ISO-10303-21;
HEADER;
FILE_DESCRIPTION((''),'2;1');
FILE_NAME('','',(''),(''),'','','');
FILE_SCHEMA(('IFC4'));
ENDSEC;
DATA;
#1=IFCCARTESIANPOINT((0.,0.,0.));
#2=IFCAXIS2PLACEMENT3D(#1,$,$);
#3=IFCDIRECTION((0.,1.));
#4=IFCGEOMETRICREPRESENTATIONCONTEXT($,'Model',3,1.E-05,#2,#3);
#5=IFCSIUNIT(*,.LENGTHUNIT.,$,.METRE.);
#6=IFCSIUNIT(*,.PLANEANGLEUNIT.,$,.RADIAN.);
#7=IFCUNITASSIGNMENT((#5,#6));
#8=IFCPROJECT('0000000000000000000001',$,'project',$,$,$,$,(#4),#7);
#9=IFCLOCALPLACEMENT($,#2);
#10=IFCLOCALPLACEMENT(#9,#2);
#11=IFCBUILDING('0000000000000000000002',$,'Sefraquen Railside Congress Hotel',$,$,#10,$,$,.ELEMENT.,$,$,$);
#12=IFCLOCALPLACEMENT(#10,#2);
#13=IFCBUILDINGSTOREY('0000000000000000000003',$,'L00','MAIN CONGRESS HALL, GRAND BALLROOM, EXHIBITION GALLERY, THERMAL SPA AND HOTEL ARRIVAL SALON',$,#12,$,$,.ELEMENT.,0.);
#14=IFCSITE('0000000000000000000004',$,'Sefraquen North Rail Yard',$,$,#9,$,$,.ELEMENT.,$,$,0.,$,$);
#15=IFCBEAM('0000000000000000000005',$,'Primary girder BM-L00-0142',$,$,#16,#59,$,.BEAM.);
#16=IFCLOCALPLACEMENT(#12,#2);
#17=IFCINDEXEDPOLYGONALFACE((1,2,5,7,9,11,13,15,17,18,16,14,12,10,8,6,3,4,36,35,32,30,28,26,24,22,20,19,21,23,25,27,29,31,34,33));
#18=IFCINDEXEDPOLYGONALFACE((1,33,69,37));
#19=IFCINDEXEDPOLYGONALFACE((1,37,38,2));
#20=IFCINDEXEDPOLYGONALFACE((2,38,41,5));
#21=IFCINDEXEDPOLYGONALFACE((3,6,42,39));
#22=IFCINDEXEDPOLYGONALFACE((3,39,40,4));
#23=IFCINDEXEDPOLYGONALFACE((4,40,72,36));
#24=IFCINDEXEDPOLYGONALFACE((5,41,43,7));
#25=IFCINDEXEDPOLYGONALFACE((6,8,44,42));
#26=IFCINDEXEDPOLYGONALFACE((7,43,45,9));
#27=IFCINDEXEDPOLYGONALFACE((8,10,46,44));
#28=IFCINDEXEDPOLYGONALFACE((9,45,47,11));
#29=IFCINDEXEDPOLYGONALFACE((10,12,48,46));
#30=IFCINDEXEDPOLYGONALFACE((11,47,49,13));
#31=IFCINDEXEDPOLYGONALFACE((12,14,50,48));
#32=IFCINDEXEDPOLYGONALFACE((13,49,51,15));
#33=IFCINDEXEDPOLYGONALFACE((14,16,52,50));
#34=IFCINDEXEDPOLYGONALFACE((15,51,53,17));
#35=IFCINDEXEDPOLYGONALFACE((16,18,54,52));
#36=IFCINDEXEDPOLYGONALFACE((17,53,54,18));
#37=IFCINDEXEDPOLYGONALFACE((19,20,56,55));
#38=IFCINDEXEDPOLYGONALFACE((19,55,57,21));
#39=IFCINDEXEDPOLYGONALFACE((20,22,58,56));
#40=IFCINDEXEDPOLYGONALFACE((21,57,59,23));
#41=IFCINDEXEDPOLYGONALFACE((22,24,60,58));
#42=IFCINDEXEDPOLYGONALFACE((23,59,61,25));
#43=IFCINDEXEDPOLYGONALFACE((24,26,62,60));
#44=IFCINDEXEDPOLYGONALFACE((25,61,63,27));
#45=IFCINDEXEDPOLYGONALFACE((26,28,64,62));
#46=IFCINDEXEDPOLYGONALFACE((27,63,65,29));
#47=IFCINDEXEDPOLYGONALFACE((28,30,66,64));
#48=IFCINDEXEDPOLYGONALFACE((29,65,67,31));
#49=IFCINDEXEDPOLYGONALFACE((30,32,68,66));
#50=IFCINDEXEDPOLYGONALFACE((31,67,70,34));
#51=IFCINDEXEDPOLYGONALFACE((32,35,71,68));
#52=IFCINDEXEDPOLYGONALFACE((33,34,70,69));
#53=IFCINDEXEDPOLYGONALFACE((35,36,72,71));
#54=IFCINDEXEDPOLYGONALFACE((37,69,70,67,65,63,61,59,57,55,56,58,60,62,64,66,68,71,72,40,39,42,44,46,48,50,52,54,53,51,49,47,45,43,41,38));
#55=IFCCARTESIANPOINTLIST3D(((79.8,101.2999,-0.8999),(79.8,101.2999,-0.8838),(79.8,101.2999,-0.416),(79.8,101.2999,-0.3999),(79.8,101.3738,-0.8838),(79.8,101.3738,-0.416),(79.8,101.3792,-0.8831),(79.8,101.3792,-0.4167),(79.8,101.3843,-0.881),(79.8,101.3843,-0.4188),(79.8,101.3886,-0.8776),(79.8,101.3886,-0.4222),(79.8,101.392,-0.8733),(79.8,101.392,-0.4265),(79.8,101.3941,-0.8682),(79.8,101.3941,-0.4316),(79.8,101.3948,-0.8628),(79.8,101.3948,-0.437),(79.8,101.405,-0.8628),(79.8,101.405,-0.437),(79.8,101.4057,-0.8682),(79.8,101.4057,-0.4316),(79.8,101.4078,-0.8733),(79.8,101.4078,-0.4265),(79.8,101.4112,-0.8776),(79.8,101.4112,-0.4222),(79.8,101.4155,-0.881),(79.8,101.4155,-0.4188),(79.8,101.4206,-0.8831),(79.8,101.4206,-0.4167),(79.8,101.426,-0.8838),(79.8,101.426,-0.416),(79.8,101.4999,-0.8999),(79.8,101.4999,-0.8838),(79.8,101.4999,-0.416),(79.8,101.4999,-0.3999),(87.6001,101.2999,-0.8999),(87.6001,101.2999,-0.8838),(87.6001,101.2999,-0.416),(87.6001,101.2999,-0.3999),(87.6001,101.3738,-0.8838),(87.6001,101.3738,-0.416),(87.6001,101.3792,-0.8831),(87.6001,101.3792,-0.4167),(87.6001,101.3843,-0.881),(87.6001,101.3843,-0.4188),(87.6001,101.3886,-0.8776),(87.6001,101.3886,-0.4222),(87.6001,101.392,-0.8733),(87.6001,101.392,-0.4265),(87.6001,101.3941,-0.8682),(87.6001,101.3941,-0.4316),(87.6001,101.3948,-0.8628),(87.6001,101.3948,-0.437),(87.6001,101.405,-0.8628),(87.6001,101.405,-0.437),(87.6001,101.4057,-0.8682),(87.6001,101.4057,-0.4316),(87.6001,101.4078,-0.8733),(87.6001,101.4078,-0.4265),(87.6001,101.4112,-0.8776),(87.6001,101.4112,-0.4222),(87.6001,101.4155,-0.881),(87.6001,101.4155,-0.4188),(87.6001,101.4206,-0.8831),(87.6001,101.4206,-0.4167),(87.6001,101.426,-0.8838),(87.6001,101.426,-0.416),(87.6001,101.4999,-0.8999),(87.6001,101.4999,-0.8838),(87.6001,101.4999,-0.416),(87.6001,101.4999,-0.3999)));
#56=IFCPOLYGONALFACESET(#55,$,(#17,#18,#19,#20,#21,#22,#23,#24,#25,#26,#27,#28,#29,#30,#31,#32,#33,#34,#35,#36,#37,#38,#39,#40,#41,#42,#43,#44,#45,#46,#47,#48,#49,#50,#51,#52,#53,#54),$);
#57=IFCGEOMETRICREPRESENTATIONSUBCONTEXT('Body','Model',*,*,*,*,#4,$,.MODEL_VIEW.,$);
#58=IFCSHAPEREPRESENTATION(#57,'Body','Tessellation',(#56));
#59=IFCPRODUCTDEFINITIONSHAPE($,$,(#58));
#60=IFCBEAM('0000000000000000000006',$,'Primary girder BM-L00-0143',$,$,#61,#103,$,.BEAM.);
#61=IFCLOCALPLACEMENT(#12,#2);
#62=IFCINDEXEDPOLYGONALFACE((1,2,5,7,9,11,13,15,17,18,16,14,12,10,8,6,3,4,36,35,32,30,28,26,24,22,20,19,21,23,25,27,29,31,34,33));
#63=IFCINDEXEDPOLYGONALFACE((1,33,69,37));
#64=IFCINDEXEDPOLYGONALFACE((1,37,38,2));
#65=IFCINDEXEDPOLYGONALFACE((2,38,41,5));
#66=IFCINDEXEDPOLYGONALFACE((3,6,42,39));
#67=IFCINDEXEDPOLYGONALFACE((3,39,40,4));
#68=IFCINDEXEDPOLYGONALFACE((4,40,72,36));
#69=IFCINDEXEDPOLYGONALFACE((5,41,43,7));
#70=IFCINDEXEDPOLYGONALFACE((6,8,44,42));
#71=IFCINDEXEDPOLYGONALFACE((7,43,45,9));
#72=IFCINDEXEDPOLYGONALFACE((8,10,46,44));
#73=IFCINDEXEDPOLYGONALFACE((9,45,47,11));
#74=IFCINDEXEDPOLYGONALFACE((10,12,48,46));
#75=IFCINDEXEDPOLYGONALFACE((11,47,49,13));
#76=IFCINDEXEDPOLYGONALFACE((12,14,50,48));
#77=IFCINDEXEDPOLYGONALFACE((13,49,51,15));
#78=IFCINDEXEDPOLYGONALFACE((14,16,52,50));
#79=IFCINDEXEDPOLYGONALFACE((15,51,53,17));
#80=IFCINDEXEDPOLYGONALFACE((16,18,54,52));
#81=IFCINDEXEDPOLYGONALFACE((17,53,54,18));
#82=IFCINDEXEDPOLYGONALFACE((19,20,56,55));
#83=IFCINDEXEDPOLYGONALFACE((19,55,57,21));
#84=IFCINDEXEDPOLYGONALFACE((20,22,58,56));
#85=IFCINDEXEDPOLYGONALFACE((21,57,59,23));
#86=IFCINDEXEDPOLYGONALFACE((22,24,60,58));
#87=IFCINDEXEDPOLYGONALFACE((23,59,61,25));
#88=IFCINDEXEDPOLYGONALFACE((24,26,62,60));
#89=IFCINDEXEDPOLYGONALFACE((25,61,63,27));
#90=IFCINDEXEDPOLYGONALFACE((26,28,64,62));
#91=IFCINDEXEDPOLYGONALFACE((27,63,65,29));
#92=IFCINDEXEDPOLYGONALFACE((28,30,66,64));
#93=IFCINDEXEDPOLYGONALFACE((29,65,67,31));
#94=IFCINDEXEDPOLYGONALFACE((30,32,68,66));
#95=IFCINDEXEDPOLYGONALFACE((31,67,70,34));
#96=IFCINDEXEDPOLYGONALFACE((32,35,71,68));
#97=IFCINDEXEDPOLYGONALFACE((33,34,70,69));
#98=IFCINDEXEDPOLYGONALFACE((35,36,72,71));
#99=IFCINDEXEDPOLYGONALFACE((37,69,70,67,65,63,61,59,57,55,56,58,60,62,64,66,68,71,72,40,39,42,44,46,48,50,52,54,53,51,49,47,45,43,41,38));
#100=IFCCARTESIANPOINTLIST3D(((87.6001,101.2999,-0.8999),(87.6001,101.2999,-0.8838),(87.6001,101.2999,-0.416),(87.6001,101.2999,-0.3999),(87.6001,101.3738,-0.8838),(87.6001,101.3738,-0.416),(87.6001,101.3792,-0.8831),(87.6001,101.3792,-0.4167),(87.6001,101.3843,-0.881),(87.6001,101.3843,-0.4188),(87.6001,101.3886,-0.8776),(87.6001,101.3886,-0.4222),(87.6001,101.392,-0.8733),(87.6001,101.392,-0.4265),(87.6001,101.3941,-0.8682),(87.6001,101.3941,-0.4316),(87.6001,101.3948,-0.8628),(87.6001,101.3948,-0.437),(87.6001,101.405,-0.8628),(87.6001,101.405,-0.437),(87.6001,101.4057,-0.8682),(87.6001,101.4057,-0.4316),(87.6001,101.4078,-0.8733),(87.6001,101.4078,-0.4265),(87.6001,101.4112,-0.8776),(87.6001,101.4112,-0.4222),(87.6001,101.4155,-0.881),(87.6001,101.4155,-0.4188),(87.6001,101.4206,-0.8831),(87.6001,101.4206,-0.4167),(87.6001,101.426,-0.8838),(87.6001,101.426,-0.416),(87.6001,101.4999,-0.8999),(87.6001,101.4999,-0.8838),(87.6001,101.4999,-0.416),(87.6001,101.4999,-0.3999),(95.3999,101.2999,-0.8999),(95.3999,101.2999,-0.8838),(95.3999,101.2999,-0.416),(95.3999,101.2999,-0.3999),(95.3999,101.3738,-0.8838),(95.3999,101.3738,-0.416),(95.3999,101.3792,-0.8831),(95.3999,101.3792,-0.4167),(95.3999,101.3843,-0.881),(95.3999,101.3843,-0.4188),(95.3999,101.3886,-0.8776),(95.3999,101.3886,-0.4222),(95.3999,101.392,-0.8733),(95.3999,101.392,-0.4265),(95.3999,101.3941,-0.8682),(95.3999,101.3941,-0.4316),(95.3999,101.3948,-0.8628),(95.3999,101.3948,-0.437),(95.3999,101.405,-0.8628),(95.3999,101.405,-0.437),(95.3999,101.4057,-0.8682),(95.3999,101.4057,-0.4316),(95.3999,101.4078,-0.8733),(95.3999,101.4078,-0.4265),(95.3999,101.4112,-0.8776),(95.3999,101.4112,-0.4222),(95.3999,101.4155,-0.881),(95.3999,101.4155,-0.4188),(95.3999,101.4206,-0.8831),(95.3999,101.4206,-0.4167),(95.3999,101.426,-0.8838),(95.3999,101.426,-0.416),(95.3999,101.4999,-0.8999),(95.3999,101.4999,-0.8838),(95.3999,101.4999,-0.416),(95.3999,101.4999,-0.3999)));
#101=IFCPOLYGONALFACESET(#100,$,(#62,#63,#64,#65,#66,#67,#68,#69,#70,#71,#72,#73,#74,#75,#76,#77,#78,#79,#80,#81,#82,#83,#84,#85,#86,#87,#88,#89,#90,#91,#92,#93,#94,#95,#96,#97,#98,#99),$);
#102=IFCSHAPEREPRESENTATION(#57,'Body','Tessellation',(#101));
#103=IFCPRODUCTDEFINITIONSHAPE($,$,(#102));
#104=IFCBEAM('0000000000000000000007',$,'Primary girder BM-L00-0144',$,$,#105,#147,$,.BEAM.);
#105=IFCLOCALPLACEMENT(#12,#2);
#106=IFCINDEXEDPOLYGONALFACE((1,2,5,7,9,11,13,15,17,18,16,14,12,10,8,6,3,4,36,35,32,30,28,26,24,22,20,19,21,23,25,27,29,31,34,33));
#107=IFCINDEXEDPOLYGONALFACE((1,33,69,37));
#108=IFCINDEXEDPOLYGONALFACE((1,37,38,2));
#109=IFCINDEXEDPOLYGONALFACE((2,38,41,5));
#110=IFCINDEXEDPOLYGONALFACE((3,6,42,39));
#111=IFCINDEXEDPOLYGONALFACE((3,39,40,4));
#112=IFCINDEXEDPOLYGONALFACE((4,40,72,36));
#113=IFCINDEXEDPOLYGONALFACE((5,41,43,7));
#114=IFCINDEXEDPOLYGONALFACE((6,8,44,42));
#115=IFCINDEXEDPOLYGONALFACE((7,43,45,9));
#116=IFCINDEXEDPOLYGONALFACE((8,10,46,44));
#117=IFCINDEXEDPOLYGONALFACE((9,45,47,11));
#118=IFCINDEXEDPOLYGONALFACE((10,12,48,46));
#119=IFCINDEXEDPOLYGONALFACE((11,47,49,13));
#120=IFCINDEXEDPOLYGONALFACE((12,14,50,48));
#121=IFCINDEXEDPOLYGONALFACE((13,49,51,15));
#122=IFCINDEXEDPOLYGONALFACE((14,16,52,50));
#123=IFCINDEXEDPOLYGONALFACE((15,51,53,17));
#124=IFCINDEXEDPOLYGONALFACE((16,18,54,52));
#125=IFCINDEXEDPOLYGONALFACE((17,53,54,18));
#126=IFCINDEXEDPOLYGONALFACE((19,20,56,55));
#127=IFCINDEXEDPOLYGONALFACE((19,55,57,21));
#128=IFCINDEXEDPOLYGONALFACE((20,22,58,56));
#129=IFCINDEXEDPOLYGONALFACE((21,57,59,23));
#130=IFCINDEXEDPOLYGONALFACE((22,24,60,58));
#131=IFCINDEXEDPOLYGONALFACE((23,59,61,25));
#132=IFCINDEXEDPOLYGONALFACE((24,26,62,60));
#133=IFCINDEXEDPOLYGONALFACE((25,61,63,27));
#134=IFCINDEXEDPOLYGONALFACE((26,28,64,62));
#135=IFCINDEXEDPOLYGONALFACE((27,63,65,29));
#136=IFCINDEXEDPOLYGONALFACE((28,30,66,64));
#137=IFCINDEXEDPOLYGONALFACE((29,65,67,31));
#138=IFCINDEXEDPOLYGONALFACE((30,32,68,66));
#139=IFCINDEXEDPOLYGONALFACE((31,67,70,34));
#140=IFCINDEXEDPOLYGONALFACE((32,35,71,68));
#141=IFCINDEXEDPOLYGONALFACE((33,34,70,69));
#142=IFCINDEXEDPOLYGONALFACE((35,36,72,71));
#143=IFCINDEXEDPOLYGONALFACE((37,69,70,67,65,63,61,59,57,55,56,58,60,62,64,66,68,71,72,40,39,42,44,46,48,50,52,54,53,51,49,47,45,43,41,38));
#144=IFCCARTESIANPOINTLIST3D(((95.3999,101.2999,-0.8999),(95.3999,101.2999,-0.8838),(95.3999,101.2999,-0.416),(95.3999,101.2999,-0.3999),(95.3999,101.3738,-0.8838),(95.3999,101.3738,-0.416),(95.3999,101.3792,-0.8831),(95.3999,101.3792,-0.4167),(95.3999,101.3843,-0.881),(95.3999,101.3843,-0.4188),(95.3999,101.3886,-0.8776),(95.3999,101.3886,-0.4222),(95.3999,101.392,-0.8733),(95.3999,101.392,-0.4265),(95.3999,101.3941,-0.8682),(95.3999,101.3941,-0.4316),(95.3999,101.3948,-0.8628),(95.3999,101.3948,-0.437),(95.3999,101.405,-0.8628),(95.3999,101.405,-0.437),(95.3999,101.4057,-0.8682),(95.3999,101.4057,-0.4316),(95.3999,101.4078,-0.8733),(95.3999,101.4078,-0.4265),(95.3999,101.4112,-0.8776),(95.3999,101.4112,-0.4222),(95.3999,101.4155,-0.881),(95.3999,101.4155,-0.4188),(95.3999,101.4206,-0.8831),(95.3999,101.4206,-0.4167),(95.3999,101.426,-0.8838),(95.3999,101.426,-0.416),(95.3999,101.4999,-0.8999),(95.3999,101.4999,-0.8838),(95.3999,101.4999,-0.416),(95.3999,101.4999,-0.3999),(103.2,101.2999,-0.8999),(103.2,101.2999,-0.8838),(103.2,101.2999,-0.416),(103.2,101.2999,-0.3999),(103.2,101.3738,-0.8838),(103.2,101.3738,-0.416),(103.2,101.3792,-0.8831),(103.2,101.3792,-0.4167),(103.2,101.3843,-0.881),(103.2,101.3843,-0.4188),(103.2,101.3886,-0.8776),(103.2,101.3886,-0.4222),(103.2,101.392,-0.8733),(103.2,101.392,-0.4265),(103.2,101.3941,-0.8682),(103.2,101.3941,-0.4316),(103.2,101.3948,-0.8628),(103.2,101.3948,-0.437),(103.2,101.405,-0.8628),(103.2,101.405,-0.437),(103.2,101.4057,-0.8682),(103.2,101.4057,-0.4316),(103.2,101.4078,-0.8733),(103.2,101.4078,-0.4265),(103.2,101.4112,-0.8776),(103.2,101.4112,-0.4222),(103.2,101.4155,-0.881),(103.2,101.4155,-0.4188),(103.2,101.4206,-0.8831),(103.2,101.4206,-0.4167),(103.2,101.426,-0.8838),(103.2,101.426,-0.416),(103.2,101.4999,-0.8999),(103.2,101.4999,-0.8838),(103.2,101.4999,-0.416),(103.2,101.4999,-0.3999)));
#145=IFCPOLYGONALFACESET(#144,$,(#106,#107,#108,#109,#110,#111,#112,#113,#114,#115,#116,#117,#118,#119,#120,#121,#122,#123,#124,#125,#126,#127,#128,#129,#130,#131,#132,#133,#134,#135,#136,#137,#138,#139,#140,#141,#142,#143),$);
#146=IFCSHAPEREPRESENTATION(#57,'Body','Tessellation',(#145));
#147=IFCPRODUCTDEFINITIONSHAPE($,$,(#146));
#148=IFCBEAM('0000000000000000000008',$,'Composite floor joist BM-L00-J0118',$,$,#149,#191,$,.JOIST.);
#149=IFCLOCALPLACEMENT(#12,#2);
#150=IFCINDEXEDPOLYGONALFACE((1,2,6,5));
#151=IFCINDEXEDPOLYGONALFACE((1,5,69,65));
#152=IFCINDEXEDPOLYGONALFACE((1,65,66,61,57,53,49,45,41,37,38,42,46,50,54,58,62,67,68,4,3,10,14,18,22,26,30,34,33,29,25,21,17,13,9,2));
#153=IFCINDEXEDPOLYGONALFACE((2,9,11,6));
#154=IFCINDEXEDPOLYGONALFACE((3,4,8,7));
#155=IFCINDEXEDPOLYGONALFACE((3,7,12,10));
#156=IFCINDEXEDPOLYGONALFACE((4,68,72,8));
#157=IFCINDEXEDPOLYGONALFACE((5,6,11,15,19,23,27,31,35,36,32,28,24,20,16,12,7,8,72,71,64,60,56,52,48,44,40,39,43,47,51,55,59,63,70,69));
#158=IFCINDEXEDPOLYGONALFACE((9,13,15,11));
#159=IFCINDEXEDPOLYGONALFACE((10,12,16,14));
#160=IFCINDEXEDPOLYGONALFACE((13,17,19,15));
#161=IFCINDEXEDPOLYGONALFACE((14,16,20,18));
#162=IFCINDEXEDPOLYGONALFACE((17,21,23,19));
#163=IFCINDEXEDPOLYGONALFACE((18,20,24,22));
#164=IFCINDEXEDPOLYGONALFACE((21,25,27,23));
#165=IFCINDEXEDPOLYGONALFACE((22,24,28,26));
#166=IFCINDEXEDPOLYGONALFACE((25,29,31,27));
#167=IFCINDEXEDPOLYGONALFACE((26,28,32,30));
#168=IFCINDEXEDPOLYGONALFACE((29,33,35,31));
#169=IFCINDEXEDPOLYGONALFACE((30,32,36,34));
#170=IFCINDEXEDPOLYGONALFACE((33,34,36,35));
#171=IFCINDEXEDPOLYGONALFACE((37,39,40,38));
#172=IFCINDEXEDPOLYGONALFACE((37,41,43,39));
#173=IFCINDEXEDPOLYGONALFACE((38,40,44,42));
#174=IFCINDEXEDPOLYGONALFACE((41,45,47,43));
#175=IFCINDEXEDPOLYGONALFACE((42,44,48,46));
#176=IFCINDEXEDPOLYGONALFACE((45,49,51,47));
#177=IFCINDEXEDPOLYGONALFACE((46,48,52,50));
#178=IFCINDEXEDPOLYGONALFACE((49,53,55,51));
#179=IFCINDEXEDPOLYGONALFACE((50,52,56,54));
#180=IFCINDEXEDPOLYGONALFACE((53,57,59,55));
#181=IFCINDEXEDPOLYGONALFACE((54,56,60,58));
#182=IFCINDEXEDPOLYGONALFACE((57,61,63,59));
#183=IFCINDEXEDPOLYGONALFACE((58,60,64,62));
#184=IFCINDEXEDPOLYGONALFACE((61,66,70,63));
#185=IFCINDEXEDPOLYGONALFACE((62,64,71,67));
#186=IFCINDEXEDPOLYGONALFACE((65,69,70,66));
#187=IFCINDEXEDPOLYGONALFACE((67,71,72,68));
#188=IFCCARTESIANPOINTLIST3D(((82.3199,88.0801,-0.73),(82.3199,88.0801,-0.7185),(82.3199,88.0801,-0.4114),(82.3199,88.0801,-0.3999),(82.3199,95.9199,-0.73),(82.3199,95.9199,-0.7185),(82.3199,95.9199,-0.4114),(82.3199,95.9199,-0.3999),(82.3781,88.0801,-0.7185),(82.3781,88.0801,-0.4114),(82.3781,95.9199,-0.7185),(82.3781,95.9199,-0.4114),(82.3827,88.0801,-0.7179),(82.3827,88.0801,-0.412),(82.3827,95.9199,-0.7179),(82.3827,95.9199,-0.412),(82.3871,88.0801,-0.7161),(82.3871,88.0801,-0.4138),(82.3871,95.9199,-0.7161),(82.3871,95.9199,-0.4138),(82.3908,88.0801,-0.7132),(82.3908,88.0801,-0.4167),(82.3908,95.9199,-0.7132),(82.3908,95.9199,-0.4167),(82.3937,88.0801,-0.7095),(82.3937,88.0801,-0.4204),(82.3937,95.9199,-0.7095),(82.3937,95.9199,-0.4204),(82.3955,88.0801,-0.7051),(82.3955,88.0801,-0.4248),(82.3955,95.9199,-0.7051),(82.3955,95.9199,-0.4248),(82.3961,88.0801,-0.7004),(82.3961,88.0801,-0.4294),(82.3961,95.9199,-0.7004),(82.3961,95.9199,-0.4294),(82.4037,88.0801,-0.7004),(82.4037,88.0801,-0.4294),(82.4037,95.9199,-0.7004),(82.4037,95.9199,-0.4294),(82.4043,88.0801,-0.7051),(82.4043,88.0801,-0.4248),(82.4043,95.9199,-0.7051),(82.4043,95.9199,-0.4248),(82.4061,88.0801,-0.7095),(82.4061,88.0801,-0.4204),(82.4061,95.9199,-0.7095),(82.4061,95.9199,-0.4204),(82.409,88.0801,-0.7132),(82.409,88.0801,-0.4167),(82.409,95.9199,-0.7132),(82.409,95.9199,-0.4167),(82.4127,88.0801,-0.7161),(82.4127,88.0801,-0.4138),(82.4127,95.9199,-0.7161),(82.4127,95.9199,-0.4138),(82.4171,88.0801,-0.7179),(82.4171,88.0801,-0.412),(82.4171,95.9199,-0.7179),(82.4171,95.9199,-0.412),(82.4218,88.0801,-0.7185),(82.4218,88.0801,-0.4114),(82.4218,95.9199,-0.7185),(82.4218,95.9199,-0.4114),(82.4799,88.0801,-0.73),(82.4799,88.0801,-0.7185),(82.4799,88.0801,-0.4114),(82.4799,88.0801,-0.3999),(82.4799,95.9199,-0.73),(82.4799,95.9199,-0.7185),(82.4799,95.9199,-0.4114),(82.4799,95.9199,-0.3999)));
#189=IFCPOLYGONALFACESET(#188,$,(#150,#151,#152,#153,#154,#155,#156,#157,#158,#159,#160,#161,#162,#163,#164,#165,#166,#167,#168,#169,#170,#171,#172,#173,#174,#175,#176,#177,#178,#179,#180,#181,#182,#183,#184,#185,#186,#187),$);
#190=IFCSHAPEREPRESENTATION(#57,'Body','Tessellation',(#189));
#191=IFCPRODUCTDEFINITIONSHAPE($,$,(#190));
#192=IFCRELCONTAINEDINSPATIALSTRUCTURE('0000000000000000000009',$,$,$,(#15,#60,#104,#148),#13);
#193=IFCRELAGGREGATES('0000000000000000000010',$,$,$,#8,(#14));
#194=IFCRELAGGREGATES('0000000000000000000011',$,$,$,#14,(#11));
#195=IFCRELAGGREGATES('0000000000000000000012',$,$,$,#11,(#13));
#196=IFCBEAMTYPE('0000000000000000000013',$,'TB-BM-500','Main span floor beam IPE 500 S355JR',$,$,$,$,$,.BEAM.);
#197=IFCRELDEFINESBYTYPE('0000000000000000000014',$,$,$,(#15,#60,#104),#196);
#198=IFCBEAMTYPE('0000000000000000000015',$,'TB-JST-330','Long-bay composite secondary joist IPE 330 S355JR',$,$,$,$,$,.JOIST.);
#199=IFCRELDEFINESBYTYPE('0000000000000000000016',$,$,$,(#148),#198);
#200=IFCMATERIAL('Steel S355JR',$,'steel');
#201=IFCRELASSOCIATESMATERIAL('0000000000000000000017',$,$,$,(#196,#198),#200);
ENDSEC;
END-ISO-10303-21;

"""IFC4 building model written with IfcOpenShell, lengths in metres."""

from ifc_helpers import new_model, si_unit, direction, frame, origin, origin_2d, place, context, subcontext, project, spatial, i_section, extrude, material, material_profile, profile_set, type_object, element, save


model = new_model("IFC4")

# Units and contexts
model_context = context("Model", 3, precision=1e-05, world=origin(), true_north=direction((0.0, 1.0)))
body_context = subcontext(model_context, "Body", "Model", "MODEL_VIEW")
ifc_project = project(units=[si_unit("LENGTHUNIT", "METRE"), si_unit("PLANEANGLEUNIT", "RADIAN")], contexts=[model_context])

# Site, building, storey
site_placement = place(None, origin())
site = spatial("IfcSite", under=ifc_project, at=site_placement, Name="Sefraquen North Rail Yard", CompositionType="ELEMENT", RefElevation=0.0)
building_placement = place(site_placement, origin())
building = spatial("IfcBuilding", under=site, at=building_placement, Name="Sefraquen Railside Congress Hotel", CompositionType="ELEMENT")
storey_placement = place(building_placement, origin())
storey = spatial("IfcBuildingStorey", under=building, at=storey_placement, Name="L00", Description="MAIN CONGRESS HALL, GRAND BALLROOM, EXHIBITION GALLERY, THERMAL SPA AND HOTEL ARRIVAL SALON", CompositionType="ELEMENT", Elevation=0.0)

# Shared definitions
ifc_material_1 = material(Name="Steel S355JR", Category="steel")

# Beams
ifc_material_profile_1 = material_profile(ifc_material_1, i_section(OverallWidth=0.2, OverallDepth=0.5, WebThickness=0.0103, FlangeThickness=0.0161, FilletRadius=0.021, at=origin_2d()), Name="IPE 500")
ifc_profile_set_1 = profile_set([ifc_material_profile_1], Name="Steel S355JR")
beam_type_1 = type_object("IfcBeamType", Name="TB-BM-500", Description="Main span floor beam IPE 500 S355JR", PredefinedType="BEAM", material=ifc_profile_set_1)
for number, where, z_axis, x_axis, name in (
    (1, (79.8, 101.3999, -0.6499), (1.0, 0.0, 0.0), (0.0, 1.0, 0.0), "Primary girder BM-L00-0142"),
):
    element("IfcBeam", number, at=place(storey_placement, frame(where, z_axis=z_axis, x_axis=x_axis)), inside=storey, type_object=beam_type_1, Name=name, PredefinedType="BEAM", context=body_context, shape_type="SweptSolid", body=[
        extrude(i_section(OverallWidth=0.2, OverallDepth=0.5, WebThickness=0.0103, FlangeThickness=0.0161, FilletRadius=0.021, at=origin_2d()), origin(), (0.0, 0.0, 1.0), 7.8),
    ])
beam_1_placement = place(storey_placement, frame((87.6001, 101.3999, -0.6499), z_axis=(1.0, 0.0, 0.0), x_axis=(0.0, 1.0, 0.0)))
element("IfcBeam", 2, at=beam_1_placement, inside=storey, type_object=beam_type_1, Name="Primary girder BM-L00-0143", PredefinedType="BEAM", context=body_context, shape_type="SweptSolid", body=[
    extrude(i_section(OverallWidth=0.2, OverallDepth=0.5, WebThickness=0.0103, FlangeThickness=0.0161, FilletRadius=0.021, at=origin_2d()), origin(), (0.0, 0.0, 1.0), 7.7998),
])
beam_2_placement = place(storey_placement, frame((95.3999, 101.3999, -0.6499), z_axis=(1.0, 0.0, 0.0), x_axis=(0.0, 1.0, 0.0)))
element("IfcBeam", 3, at=beam_2_placement, inside=storey, type_object=beam_type_1, Name="Primary girder BM-L00-0144", PredefinedType="BEAM", context=body_context, shape_type="SweptSolid", body=[
    extrude(i_section(OverallWidth=0.2, OverallDepth=0.5, WebThickness=0.0103, FlangeThickness=0.0161, FilletRadius=0.021, at=origin_2d()), origin(), (0.0, 0.0, 1.0), 7.8),
])
ifc_material_profile_2 = material_profile(ifc_material_1, i_section(OverallWidth=0.1599, OverallDepth=0.3301, WebThickness=0.0076, FlangeThickness=0.0115, FilletRadius=0.0181, at=origin_2d()), Name="IPE 330")
ifc_profile_set_2 = profile_set([ifc_material_profile_2], Name="Steel S355JR")
beam_type_2 = type_object("IfcBeamType", Name="TB-JST-330", Description="Long-bay composite secondary joist IPE 330 S355JR", PredefinedType="JOIST", material=ifc_profile_set_2)
for number, where, z_axis, x_axis, name in (
    (4, (82.3999, 88.0801, -0.5649), (0.0, 1.0, 0.0), (-1.0, 0.0, 0.0), "Composite floor joist BM-L00-J0118"),
):
    element("IfcBeam", number, at=place(storey_placement, frame(where, z_axis=z_axis, x_axis=x_axis)), inside=storey, type_object=beam_type_2, Name=name, PredefinedType="JOIST", context=body_context, shape_type="SweptSolid", body=[
        extrude(i_section(OverallWidth=0.1599, OverallDepth=0.3301, WebThickness=0.0076, FlangeThickness=0.0115, FilletRadius=0.0181, at=origin_2d()), origin(), (0.0, 0.0, 1.0), 7.8398),
    ])

save(model, "model.ifc")
